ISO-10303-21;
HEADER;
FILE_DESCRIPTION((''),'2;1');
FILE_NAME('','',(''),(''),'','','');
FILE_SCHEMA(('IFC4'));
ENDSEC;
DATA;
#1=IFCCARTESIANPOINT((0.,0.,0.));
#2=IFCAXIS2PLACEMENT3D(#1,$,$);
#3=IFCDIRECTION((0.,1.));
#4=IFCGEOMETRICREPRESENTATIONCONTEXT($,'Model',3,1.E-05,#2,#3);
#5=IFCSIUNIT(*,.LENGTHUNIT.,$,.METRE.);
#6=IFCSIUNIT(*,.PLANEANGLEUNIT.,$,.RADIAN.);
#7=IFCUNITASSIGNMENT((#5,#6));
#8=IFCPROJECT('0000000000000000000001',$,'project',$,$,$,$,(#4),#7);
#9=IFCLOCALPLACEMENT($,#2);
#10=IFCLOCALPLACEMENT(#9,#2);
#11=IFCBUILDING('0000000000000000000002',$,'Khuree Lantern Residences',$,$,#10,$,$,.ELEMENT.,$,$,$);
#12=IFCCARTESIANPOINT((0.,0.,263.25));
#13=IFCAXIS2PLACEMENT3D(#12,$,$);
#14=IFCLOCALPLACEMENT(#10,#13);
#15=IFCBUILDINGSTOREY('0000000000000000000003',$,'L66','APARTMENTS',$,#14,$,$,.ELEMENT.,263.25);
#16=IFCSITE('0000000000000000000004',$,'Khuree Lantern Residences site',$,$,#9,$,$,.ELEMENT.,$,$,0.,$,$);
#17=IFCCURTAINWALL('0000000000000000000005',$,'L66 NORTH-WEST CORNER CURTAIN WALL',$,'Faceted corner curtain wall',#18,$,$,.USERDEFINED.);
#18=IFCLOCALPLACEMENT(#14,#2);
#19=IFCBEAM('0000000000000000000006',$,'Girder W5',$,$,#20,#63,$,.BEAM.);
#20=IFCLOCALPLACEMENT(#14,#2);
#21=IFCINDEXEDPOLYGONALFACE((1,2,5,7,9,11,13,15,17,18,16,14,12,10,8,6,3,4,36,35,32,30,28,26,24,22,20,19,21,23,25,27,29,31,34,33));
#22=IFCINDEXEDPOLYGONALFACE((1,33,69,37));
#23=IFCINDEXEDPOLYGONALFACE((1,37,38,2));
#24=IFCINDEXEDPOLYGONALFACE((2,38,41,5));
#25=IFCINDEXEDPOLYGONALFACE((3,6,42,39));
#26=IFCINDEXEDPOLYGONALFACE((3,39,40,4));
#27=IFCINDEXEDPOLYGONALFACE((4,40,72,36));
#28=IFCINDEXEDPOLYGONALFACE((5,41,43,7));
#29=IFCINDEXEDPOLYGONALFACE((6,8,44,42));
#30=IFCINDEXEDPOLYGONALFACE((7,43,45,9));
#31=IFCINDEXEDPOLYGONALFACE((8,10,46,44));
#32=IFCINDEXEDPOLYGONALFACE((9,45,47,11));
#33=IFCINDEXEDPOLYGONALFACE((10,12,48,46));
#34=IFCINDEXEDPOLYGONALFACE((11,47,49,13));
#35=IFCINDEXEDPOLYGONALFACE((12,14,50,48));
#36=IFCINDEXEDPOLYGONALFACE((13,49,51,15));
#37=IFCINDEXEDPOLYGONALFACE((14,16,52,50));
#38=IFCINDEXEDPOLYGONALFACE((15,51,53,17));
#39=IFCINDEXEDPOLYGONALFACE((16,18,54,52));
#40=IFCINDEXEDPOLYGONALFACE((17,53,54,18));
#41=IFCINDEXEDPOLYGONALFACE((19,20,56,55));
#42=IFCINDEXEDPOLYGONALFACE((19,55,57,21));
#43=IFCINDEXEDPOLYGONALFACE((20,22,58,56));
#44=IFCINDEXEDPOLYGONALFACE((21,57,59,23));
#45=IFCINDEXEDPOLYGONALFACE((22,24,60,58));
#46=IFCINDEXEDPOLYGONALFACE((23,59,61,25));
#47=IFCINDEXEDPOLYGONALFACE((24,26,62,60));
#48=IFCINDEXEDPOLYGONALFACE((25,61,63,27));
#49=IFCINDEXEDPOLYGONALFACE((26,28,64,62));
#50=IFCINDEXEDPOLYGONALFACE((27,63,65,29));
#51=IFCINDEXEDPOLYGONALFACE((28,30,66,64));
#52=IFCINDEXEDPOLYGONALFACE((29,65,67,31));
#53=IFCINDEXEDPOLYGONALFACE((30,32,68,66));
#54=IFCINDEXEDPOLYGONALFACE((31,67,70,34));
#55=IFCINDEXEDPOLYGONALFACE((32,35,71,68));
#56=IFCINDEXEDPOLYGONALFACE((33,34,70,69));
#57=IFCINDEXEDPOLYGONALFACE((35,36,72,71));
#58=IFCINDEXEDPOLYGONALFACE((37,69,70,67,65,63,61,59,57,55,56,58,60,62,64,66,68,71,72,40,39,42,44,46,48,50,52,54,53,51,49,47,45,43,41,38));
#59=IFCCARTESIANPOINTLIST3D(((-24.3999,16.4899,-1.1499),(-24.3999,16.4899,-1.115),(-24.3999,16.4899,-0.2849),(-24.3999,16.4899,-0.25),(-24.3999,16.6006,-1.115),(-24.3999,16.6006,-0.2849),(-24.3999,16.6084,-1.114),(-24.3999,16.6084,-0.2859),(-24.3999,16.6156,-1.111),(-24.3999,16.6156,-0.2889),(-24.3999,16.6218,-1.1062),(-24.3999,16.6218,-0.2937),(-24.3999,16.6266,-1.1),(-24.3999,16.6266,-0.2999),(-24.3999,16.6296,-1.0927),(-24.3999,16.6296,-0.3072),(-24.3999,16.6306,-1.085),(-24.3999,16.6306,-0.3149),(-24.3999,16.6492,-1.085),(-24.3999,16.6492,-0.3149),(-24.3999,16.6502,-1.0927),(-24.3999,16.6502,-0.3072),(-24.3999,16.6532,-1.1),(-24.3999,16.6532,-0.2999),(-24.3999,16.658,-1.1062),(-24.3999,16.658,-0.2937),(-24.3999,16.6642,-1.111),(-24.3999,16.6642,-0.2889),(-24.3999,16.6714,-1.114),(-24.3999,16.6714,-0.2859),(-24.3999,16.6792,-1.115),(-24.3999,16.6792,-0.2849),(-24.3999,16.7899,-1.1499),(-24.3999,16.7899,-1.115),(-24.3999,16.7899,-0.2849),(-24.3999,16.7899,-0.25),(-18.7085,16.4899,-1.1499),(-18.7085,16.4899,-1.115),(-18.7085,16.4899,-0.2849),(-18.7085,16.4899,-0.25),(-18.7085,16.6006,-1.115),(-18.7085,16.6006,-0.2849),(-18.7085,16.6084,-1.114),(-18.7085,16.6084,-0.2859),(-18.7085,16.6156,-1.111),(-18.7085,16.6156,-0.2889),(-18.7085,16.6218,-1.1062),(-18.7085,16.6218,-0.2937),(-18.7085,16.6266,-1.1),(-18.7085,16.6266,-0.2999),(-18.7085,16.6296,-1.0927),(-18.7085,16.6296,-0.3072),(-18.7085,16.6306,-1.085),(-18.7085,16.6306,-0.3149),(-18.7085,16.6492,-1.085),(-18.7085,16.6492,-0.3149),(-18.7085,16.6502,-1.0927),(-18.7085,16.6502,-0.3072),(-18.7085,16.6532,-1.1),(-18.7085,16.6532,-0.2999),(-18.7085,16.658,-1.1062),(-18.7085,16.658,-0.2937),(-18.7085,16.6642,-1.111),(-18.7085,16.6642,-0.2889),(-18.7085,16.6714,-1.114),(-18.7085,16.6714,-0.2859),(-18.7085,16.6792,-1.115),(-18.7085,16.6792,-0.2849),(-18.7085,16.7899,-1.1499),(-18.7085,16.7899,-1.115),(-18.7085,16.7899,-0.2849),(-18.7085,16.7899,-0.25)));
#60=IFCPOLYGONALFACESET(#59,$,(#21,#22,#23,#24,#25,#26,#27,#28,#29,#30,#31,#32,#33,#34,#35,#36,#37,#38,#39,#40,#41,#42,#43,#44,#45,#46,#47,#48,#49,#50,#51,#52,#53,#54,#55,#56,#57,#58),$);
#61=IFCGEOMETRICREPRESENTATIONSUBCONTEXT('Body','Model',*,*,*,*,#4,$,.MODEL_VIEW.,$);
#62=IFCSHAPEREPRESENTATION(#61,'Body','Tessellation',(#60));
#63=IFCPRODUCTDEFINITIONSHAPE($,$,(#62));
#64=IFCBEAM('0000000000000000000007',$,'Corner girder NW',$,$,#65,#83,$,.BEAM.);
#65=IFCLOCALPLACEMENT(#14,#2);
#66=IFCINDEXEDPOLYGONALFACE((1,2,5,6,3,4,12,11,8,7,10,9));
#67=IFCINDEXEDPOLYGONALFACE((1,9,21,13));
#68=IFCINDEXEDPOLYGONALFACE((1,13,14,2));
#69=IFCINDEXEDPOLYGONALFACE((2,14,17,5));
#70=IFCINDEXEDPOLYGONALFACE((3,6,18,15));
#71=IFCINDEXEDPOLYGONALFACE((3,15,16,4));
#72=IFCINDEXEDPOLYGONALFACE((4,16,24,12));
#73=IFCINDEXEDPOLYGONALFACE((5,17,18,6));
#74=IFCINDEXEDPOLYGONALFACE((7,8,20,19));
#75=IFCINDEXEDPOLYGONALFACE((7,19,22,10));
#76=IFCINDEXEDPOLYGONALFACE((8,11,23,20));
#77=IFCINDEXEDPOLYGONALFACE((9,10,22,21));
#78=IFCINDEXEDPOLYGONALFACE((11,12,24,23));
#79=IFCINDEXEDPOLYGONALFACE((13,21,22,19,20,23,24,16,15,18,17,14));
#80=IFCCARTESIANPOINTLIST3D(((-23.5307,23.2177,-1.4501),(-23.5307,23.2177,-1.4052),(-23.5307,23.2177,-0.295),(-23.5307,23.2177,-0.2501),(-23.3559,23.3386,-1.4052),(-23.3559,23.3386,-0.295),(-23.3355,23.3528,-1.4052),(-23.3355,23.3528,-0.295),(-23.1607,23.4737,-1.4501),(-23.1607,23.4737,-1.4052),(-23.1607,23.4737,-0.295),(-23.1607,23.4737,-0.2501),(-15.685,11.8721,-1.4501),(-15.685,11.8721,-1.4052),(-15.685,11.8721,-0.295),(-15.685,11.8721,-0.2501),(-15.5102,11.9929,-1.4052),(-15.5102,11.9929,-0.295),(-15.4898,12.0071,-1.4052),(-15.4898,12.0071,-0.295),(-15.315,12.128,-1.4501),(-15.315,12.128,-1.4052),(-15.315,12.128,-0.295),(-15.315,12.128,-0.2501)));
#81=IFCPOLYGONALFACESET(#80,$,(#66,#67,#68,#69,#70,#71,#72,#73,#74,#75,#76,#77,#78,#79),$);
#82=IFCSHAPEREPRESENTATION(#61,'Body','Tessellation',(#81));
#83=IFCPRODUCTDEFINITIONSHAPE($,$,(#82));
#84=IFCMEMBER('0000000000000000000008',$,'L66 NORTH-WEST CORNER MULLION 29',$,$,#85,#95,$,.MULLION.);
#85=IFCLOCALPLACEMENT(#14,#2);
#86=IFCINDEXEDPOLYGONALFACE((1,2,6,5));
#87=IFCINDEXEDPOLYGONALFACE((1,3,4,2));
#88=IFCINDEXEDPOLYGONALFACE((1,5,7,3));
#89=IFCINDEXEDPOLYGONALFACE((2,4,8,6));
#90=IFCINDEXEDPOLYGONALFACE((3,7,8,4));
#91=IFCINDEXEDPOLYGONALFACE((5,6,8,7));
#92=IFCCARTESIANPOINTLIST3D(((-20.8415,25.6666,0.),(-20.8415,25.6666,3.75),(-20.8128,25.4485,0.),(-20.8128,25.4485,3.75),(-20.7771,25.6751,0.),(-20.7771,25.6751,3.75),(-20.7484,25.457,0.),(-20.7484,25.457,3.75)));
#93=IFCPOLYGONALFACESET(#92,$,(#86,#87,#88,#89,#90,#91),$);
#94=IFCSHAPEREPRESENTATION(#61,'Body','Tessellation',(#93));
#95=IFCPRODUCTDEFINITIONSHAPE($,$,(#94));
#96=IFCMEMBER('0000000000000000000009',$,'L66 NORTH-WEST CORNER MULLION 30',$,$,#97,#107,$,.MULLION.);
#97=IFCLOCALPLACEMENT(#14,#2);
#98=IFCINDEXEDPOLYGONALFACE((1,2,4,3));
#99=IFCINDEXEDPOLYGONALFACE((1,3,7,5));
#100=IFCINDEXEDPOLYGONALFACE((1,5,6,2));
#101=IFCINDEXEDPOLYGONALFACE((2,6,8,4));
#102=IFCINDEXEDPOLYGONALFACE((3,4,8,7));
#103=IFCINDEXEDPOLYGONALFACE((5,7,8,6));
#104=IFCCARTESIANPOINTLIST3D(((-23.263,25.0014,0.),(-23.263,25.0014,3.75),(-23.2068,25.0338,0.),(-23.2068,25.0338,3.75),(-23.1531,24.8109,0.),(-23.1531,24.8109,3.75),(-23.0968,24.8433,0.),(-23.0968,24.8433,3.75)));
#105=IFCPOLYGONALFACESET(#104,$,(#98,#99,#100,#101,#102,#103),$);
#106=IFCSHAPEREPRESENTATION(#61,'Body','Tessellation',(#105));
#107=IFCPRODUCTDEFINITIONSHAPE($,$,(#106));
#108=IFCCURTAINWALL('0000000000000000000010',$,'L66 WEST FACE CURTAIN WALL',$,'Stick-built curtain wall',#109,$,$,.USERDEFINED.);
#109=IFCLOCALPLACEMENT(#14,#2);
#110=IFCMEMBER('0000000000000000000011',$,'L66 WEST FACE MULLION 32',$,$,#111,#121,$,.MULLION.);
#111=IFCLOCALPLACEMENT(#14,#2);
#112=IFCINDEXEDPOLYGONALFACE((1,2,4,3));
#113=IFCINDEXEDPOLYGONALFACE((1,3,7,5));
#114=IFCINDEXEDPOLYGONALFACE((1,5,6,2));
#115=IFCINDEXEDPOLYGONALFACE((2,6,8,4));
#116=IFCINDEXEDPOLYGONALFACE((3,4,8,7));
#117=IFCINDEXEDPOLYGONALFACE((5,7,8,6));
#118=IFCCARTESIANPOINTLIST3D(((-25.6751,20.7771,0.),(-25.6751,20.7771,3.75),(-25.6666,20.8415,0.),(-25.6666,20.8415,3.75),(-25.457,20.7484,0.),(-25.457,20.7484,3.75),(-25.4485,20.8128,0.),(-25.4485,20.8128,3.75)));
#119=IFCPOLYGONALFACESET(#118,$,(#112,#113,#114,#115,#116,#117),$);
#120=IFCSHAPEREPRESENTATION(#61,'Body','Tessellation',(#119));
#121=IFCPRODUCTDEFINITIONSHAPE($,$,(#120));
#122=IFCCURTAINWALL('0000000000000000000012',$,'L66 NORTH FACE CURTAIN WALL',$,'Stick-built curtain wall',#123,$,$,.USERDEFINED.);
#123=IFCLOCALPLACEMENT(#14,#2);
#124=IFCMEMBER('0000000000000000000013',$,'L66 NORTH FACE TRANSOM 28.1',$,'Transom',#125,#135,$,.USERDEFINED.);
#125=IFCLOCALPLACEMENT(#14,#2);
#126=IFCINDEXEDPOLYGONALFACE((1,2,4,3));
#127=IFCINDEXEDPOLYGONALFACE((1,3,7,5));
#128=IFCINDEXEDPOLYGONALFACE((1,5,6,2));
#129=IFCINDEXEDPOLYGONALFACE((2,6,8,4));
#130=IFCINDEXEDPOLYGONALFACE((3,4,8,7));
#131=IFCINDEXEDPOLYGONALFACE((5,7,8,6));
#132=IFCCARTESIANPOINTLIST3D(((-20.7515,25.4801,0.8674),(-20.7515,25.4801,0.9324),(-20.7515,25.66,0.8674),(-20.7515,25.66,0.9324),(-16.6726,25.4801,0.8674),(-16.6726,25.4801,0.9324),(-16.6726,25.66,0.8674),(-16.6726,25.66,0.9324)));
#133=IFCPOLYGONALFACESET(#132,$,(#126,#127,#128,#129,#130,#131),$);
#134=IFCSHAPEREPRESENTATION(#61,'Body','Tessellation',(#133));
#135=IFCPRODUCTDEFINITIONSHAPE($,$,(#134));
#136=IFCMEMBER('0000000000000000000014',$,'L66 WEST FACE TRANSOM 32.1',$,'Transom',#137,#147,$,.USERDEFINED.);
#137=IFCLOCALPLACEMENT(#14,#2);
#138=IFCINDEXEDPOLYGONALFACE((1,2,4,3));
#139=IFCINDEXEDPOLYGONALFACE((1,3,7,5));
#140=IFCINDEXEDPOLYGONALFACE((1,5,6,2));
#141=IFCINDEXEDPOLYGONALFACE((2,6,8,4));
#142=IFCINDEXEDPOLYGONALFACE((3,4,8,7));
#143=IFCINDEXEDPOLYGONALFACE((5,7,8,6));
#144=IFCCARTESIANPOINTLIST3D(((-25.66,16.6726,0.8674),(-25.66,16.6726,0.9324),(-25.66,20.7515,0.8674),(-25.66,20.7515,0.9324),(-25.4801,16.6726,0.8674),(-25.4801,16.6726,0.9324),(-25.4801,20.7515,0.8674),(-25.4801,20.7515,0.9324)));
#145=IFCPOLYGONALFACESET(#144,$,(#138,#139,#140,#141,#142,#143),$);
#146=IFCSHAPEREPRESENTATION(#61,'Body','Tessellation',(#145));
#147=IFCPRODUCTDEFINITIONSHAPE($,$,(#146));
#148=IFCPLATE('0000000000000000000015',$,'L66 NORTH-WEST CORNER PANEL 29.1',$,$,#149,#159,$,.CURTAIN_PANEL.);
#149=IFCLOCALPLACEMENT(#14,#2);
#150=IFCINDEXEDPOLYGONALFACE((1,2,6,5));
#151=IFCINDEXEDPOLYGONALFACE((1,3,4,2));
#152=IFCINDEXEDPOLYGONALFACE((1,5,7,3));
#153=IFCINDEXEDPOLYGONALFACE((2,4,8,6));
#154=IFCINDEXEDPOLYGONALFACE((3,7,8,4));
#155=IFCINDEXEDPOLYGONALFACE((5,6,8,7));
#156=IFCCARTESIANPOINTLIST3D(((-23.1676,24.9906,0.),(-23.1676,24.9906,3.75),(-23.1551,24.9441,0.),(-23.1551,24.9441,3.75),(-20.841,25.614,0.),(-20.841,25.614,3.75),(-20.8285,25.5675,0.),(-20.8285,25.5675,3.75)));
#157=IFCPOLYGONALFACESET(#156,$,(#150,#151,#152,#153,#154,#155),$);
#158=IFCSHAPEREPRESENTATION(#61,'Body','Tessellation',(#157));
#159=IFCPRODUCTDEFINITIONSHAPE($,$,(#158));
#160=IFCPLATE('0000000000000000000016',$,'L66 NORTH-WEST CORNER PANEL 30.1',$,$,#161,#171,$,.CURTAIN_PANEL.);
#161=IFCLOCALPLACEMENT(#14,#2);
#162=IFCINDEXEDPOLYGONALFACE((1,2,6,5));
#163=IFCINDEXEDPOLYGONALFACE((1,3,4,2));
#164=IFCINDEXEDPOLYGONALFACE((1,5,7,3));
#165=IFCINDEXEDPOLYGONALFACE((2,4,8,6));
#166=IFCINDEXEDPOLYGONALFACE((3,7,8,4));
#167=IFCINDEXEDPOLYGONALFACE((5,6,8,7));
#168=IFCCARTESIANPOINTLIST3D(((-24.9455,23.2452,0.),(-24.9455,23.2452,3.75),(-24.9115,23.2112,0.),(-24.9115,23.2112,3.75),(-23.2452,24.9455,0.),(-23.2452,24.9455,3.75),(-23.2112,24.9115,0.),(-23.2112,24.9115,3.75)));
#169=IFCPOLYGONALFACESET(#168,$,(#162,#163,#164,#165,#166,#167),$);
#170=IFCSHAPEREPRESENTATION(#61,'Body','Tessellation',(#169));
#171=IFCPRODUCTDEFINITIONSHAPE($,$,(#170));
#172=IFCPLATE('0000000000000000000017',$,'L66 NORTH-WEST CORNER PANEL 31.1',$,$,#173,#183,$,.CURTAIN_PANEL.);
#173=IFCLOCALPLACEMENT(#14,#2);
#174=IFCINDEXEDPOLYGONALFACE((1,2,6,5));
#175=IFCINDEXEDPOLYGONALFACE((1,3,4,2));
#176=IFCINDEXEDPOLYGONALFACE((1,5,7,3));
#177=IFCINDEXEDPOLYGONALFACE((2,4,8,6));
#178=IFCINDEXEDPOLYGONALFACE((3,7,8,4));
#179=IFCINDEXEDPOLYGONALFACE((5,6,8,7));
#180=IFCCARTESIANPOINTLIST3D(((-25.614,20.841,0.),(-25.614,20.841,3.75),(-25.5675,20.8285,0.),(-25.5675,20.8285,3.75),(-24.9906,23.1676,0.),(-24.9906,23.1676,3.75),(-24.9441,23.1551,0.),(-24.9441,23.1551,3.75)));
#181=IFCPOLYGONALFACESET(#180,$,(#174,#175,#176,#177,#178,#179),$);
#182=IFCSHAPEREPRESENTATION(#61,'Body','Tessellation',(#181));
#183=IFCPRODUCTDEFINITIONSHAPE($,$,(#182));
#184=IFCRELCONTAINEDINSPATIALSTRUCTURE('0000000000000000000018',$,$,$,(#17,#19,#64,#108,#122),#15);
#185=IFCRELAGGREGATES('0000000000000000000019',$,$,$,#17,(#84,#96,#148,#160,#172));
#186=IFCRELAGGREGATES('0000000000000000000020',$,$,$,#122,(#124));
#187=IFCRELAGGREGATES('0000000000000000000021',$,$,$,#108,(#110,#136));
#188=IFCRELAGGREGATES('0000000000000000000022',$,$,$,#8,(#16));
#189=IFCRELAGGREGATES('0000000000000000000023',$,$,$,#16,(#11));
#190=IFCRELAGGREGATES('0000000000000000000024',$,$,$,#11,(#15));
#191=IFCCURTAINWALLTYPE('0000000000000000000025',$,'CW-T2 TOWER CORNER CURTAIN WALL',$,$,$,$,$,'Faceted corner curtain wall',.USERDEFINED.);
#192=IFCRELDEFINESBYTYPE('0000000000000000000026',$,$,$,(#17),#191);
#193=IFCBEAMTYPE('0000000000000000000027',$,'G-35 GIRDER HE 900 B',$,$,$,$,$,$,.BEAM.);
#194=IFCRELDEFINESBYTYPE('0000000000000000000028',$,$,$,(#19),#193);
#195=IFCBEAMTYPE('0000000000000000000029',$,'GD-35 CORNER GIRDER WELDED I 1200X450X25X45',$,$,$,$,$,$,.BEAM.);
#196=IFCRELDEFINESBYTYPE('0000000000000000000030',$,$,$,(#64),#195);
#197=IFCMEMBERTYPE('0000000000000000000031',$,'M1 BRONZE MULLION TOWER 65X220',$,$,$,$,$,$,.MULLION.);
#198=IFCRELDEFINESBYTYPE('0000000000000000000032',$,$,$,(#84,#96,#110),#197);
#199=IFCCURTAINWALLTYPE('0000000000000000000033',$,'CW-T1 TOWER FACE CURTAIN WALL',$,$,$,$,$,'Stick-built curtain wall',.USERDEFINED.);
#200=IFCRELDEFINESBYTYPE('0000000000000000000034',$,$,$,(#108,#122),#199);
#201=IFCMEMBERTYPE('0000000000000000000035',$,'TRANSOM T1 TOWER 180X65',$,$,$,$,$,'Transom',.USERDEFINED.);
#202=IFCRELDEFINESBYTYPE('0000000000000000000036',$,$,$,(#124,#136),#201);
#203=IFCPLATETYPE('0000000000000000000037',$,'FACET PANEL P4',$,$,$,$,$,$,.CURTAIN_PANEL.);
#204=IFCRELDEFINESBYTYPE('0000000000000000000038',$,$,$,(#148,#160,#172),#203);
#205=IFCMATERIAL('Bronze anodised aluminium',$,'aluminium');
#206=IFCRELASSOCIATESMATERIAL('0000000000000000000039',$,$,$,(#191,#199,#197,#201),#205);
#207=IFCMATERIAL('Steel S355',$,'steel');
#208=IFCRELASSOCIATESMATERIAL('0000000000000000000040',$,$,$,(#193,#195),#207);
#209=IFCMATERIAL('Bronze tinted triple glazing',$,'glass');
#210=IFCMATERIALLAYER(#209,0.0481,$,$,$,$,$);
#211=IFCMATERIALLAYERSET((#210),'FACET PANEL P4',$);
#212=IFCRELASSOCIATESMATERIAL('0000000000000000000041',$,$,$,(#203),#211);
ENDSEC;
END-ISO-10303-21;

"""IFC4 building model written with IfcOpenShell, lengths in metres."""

from ifc_helpers import new_model, si_unit, direction, frame, origin, origin_2d, place, context, subcontext, project, spatial, rectangle, i_section, extrude, material, layer, layer_set, material_profile, profile_set, type_object, element, aggregate, save


model = new_model("IFC4")

# Units and contexts
model_context = context("Model", 3, precision=1e-05, world=origin(), true_north=direction((0.0, 1.0)))
body_context = subcontext(model_context, "Body", "Model", "MODEL_VIEW")
ifc_project = project(units=[si_unit("LENGTHUNIT", "METRE"), si_unit("PLANEANGLEUNIT", "RADIAN")], contexts=[model_context])

# Site, building, storey
site_placement = place(None, origin())
site = spatial("IfcSite", under=ifc_project, at=site_placement, Name="Khuree Lantern Residences site", CompositionType="ELEMENT", RefElevation=0.0)
building_placement = place(site_placement, origin())
building = spatial("IfcBuilding", under=site, at=building_placement, Name="Khuree Lantern Residences", CompositionType="ELEMENT")
storey_placement = place(building_placement, frame((0.0, 0.0, 263.25)))
storey = spatial("IfcBuildingStorey", under=building, at=storey_placement, Name="L66", Description="APARTMENTS", CompositionType="ELEMENT", Elevation=263.25)

# Shared definitions
ifc_material_1 = material(Name="Steel S355", Category="steel")

# Curtain wall
ifc_material_2 = material(Name="Bronze anodised aluminium", Category="aluminium")
curtain_wall_type_1 = type_object("IfcCurtainWallType", Name="CW-T2 TOWER CORNER CURTAIN WALL", ElementType="Faceted corner curtain wall", PredefinedType="USERDEFINED", material=ifc_material_2)
curtain_wall_1_placement = place(storey_placement, origin())
curtain_wall_1 = element("IfcCurtainWall", 1, at=curtain_wall_1_placement, inside=storey, type_object=curtain_wall_type_1, Name="L66 NORTH-WEST CORNER CURTAIN WALL", ObjectType="Faceted corner curtain wall", PredefinedType="USERDEFINED")

# Beams
ifc_material_profile_1 = material_profile(ifc_material_1, i_section(OverallWidth=0.3, OverallDepth=0.8999, WebThickness=0.0186, FlangeThickness=0.0349, FilletRadius=0.03, at=origin_2d()), Name="HE 900 B")
ifc_profile_set_1 = profile_set([ifc_material_profile_1], Name="Steel S355")
beam_type_1 = type_object("IfcBeamType", Name="G-35 GIRDER HE 900 B", PredefinedType="BEAM", material=ifc_profile_set_1)
beam_1_placement = place(storey_placement, frame((-24.3999, 16.6399, -0.7), z_axis=(1.0, 0.0, 0.0), x_axis=(0.0, 1.0, 0.0)))
element("IfcBeam", 2, at=beam_1_placement, inside=storey, type_object=beam_type_1, Name="Girder W5", PredefinedType="BEAM", context=body_context, shape_type="SweptSolid", body=[
    extrude(i_section(OverallWidth=0.3, OverallDepth=0.8999, WebThickness=0.0186, FlangeThickness=0.0349, FilletRadius=0.03, at=origin_2d()), origin(), (0.0, 0.0, 1.0), 5.6914),
])
ifc_material_profile_2 = material_profile(ifc_material_1, i_section(OverallWidth=0.45, OverallDepth=1.2, WebThickness=0.0249, FlangeThickness=0.0449, at=origin_2d()), Name="WELDED I 1200X450X25X45")
ifc_profile_set_2 = profile_set([ifc_material_profile_2], Name="Steel S355")
beam_type_2 = type_object("IfcBeamType", Name="GD-35 CORNER GIRDER WELDED I 1200X450X25X45", PredefinedType="BEAM", material=ifc_profile_set_2)
beam_2_placement = place(storey_placement, frame((-23.3457, 23.3457, -0.8501), z_axis=(0.568768, -0.822498, 0.0), x_axis=(0.822498, 0.568768, 0.0)))
element("IfcBeam", 3, at=beam_2_placement, inside=storey, type_object=beam_type_2, Name="Corner girder NW", PredefinedType="BEAM", context=body_context, shape_type="SweptSolid", body=[
    extrude(i_section(OverallWidth=0.45, OverallDepth=1.2, WebThickness=0.0249, FlangeThickness=0.0449, at=origin_2d()), origin(), (0.0, 0.0, 1.0), 13.7942),
])

# Members
ifc_material_profile_3 = material_profile(ifc_material_2, rectangle(XDim=0.0649, YDim=0.22, at=origin_2d()), Name="M1 65X220")
ifc_profile_set_3 = profile_set([ifc_material_profile_3], Name="Bronze anodised aluminium")
member_type_1 = type_object("IfcMemberType", Name="M1 BRONZE MULLION TOWER 65X220", PredefinedType="MULLION", material=ifc_profile_set_3)
member_1_placement = place(storey_placement, frame((-20.7949, 25.5618, 0.0), z_axis=(0.0, 0.0, 1.0), x_axis=(-0.991445, -0.130526, 0.0)))
member_1 = element("IfcMember", 4, at=member_1_placement, type_object=member_type_1, Name="L66 NORTH-WEST CORNER MULLION 29", PredefinedType="MULLION", context=body_context, shape_type="SweptSolid", body=[
    extrude(rectangle(XDim=0.0649, YDim=0.22, at=origin_2d()), origin(), (0.0, 0.0, 1.0), 3.75),
])
member_2_placement = place(storey_placement, frame((-23.1799, 24.9224, 0.0), z_axis=(0.0, 0.0, 1.0), x_axis=(-0.866025, -0.5, 0.0)))
member_2 = element("IfcMember", 5, at=member_2_placement, type_object=member_type_1, Name="L66 NORTH-WEST CORNER MULLION 30", PredefinedType="MULLION", context=body_context, shape_type="SweptSolid", body=[
    extrude(rectangle(XDim=0.0649, YDim=0.22, at=origin_2d()), origin(), (0.0, 0.0, 1.0), 3.75),
])

# Curtain walls, members
curtain_wall_type_2 = type_object("IfcCurtainWallType", Name="CW-T1 TOWER FACE CURTAIN WALL", ElementType="Stick-built curtain wall", PredefinedType="USERDEFINED", material=ifc_material_2)
curtain_wall_2_placement = place(storey_placement, origin())
curtain_wall_2 = element("IfcCurtainWall", 6, at=curtain_wall_2_placement, inside=storey, type_object=curtain_wall_type_2, Name="L66 WEST FACE CURTAIN WALL", ObjectType="Stick-built curtain wall", PredefinedType="USERDEFINED")
member_3_placement = place(storey_placement, frame((-25.5618, 20.7949, 0.0), z_axis=(0.0, 0.0, 1.0), x_axis=(-0.130526, -0.991445, 0.0)))
member_3 = element("IfcMember", 7, at=member_3_placement, type_object=member_type_1, Name="L66 WEST FACE MULLION 32", PredefinedType="MULLION", context=body_context, shape_type="SweptSolid", body=[
    extrude(rectangle(XDim=0.0649, YDim=0.22, at=origin_2d()), origin(), (0.0, 0.0, 1.0), 3.75),
])
curtain_wall_3_placement = place(storey_placement, origin())
curtain_wall_3 = element("IfcCurtainWall", 8, at=curtain_wall_3_placement, inside=storey, type_object=curtain_wall_type_2, Name="L66 NORTH FACE CURTAIN WALL", ObjectType="Stick-built curtain wall", PredefinedType="USERDEFINED")
ifc_material_profile_4 = material_profile(ifc_material_2, rectangle(XDim=0.1799, YDim=0.0649, at=origin_2d()), Name="T1 180X65")
ifc_profile_set_4 = profile_set([ifc_material_profile_4], Name="Bronze anodised aluminium")
member_type_2 = type_object("IfcMemberType", Name="TRANSOM T1 TOWER 180X65", ElementType="Transom", PredefinedType="USERDEFINED", material=ifc_profile_set_4)
member_4_placement = place(storey_placement, frame((-16.6726, 25.5701, 0.8999), z_axis=(-1.0, 0.0, 0.0), x_axis=(0.0, -1.0, 0.0)))
member_4 = element("IfcMember", 9, at=member_4_placement, type_object=member_type_2, Name="L66 NORTH FACE TRANSOM 28.1", ObjectType="Transom", PredefinedType="USERDEFINED", context=body_context, shape_type="SweptSolid", body=[
    extrude(rectangle(XDim=0.1799, YDim=0.0649, at=origin_2d()), origin(), (0.0, 0.0, 1.0), 4.0789),
])

# Member
member_5_placement = place(storey_placement, frame((-25.5701, 20.7515, 0.8999), z_axis=(0.0, -1.0, 0.0), x_axis=(1.0, 0.0, 0.0)))
member_5 = element("IfcMember", 10, at=member_5_placement, type_object=member_type_2, Name="L66 WEST FACE TRANSOM 32.1", ObjectType="Transom", PredefinedType="USERDEFINED", context=body_context, shape_type="SweptSolid", body=[
    extrude(rectangle(XDim=0.1799, YDim=0.0649, at=origin_2d()), origin(), (0.0, 0.0, 1.0), 4.0789),
])

# Plates
ifc_material_3 = material(Name="Bronze tinted triple glazing", Category="glass")
ifc_layer_1 = layer(ifc_material_3, 0.0481)
ifc_layer_set_1 = layer_set([ifc_layer_1], Name="FACET PANEL P4")
plate_type_1 = type_object("IfcPlateType", Name="FACET PANEL P4", PredefinedType="CURTAIN_PANEL", material=ifc_layer_set_1)
plate_1_placement = place(storey_placement, frame((-21.998, 25.2791, 0.0), z_axis=(0.0, 0.0, 1.0), x_axis=(-0.965926, -0.258819, 0.0)))
plate_1 = element("IfcPlate", 11, at=plate_1_placement, type_object=plate_type_1, Name="L66 NORTH-WEST CORNER PANEL 29.1", PredefinedType="CURTAIN_PANEL", context=body_context, shape_type="SweptSolid", body=[
    extrude(rectangle(XDim=2.4087, YDim=0.0481, at=origin_2d()), origin(), (0.0, 0.0, 1.0), 3.75),
])
plate_2_placement = place(storey_placement, frame((-24.0784, 24.0784, 0.0), z_axis=(0.0, 0.0, 1.0), x_axis=(-0.707107, -0.707107, 0.0)))
plate_2 = element("IfcPlate", 12, at=plate_2_placement, type_object=plate_type_1, Name="L66 NORTH-WEST CORNER PANEL 30.1", PredefinedType="CURTAIN_PANEL", context=body_context, shape_type="SweptSolid", body=[
    extrude(rectangle(XDim=2.4045, YDim=0.0481, at=origin_2d()), origin(), (0.0, 0.0, 1.0), 3.75),
])
plate_3_placement = place(storey_placement, frame((-25.2791, 21.998, 0.0), z_axis=(0.0, 0.0, 1.0), x_axis=(-0.258819, -0.965926, 0.0)))
plate_3 = element("IfcPlate", 13, at=plate_3_placement, type_object=plate_type_1, Name="L66 NORTH-WEST CORNER PANEL 31.1", PredefinedType="CURTAIN_PANEL", context=body_context, shape_type="SweptSolid", body=[
    extrude(rectangle(XDim=2.4087, YDim=0.0481, at=origin_2d()), origin(), (0.0, 0.0, 1.0), 3.75),
])
aggregate(curtain_wall_1, [member_1, member_2, plate_1, plate_2, plate_3])
aggregate(curtain_wall_3, [member_4])
aggregate(curtain_wall_2, [member_3, member_5])

save(model, "model.ifc")
